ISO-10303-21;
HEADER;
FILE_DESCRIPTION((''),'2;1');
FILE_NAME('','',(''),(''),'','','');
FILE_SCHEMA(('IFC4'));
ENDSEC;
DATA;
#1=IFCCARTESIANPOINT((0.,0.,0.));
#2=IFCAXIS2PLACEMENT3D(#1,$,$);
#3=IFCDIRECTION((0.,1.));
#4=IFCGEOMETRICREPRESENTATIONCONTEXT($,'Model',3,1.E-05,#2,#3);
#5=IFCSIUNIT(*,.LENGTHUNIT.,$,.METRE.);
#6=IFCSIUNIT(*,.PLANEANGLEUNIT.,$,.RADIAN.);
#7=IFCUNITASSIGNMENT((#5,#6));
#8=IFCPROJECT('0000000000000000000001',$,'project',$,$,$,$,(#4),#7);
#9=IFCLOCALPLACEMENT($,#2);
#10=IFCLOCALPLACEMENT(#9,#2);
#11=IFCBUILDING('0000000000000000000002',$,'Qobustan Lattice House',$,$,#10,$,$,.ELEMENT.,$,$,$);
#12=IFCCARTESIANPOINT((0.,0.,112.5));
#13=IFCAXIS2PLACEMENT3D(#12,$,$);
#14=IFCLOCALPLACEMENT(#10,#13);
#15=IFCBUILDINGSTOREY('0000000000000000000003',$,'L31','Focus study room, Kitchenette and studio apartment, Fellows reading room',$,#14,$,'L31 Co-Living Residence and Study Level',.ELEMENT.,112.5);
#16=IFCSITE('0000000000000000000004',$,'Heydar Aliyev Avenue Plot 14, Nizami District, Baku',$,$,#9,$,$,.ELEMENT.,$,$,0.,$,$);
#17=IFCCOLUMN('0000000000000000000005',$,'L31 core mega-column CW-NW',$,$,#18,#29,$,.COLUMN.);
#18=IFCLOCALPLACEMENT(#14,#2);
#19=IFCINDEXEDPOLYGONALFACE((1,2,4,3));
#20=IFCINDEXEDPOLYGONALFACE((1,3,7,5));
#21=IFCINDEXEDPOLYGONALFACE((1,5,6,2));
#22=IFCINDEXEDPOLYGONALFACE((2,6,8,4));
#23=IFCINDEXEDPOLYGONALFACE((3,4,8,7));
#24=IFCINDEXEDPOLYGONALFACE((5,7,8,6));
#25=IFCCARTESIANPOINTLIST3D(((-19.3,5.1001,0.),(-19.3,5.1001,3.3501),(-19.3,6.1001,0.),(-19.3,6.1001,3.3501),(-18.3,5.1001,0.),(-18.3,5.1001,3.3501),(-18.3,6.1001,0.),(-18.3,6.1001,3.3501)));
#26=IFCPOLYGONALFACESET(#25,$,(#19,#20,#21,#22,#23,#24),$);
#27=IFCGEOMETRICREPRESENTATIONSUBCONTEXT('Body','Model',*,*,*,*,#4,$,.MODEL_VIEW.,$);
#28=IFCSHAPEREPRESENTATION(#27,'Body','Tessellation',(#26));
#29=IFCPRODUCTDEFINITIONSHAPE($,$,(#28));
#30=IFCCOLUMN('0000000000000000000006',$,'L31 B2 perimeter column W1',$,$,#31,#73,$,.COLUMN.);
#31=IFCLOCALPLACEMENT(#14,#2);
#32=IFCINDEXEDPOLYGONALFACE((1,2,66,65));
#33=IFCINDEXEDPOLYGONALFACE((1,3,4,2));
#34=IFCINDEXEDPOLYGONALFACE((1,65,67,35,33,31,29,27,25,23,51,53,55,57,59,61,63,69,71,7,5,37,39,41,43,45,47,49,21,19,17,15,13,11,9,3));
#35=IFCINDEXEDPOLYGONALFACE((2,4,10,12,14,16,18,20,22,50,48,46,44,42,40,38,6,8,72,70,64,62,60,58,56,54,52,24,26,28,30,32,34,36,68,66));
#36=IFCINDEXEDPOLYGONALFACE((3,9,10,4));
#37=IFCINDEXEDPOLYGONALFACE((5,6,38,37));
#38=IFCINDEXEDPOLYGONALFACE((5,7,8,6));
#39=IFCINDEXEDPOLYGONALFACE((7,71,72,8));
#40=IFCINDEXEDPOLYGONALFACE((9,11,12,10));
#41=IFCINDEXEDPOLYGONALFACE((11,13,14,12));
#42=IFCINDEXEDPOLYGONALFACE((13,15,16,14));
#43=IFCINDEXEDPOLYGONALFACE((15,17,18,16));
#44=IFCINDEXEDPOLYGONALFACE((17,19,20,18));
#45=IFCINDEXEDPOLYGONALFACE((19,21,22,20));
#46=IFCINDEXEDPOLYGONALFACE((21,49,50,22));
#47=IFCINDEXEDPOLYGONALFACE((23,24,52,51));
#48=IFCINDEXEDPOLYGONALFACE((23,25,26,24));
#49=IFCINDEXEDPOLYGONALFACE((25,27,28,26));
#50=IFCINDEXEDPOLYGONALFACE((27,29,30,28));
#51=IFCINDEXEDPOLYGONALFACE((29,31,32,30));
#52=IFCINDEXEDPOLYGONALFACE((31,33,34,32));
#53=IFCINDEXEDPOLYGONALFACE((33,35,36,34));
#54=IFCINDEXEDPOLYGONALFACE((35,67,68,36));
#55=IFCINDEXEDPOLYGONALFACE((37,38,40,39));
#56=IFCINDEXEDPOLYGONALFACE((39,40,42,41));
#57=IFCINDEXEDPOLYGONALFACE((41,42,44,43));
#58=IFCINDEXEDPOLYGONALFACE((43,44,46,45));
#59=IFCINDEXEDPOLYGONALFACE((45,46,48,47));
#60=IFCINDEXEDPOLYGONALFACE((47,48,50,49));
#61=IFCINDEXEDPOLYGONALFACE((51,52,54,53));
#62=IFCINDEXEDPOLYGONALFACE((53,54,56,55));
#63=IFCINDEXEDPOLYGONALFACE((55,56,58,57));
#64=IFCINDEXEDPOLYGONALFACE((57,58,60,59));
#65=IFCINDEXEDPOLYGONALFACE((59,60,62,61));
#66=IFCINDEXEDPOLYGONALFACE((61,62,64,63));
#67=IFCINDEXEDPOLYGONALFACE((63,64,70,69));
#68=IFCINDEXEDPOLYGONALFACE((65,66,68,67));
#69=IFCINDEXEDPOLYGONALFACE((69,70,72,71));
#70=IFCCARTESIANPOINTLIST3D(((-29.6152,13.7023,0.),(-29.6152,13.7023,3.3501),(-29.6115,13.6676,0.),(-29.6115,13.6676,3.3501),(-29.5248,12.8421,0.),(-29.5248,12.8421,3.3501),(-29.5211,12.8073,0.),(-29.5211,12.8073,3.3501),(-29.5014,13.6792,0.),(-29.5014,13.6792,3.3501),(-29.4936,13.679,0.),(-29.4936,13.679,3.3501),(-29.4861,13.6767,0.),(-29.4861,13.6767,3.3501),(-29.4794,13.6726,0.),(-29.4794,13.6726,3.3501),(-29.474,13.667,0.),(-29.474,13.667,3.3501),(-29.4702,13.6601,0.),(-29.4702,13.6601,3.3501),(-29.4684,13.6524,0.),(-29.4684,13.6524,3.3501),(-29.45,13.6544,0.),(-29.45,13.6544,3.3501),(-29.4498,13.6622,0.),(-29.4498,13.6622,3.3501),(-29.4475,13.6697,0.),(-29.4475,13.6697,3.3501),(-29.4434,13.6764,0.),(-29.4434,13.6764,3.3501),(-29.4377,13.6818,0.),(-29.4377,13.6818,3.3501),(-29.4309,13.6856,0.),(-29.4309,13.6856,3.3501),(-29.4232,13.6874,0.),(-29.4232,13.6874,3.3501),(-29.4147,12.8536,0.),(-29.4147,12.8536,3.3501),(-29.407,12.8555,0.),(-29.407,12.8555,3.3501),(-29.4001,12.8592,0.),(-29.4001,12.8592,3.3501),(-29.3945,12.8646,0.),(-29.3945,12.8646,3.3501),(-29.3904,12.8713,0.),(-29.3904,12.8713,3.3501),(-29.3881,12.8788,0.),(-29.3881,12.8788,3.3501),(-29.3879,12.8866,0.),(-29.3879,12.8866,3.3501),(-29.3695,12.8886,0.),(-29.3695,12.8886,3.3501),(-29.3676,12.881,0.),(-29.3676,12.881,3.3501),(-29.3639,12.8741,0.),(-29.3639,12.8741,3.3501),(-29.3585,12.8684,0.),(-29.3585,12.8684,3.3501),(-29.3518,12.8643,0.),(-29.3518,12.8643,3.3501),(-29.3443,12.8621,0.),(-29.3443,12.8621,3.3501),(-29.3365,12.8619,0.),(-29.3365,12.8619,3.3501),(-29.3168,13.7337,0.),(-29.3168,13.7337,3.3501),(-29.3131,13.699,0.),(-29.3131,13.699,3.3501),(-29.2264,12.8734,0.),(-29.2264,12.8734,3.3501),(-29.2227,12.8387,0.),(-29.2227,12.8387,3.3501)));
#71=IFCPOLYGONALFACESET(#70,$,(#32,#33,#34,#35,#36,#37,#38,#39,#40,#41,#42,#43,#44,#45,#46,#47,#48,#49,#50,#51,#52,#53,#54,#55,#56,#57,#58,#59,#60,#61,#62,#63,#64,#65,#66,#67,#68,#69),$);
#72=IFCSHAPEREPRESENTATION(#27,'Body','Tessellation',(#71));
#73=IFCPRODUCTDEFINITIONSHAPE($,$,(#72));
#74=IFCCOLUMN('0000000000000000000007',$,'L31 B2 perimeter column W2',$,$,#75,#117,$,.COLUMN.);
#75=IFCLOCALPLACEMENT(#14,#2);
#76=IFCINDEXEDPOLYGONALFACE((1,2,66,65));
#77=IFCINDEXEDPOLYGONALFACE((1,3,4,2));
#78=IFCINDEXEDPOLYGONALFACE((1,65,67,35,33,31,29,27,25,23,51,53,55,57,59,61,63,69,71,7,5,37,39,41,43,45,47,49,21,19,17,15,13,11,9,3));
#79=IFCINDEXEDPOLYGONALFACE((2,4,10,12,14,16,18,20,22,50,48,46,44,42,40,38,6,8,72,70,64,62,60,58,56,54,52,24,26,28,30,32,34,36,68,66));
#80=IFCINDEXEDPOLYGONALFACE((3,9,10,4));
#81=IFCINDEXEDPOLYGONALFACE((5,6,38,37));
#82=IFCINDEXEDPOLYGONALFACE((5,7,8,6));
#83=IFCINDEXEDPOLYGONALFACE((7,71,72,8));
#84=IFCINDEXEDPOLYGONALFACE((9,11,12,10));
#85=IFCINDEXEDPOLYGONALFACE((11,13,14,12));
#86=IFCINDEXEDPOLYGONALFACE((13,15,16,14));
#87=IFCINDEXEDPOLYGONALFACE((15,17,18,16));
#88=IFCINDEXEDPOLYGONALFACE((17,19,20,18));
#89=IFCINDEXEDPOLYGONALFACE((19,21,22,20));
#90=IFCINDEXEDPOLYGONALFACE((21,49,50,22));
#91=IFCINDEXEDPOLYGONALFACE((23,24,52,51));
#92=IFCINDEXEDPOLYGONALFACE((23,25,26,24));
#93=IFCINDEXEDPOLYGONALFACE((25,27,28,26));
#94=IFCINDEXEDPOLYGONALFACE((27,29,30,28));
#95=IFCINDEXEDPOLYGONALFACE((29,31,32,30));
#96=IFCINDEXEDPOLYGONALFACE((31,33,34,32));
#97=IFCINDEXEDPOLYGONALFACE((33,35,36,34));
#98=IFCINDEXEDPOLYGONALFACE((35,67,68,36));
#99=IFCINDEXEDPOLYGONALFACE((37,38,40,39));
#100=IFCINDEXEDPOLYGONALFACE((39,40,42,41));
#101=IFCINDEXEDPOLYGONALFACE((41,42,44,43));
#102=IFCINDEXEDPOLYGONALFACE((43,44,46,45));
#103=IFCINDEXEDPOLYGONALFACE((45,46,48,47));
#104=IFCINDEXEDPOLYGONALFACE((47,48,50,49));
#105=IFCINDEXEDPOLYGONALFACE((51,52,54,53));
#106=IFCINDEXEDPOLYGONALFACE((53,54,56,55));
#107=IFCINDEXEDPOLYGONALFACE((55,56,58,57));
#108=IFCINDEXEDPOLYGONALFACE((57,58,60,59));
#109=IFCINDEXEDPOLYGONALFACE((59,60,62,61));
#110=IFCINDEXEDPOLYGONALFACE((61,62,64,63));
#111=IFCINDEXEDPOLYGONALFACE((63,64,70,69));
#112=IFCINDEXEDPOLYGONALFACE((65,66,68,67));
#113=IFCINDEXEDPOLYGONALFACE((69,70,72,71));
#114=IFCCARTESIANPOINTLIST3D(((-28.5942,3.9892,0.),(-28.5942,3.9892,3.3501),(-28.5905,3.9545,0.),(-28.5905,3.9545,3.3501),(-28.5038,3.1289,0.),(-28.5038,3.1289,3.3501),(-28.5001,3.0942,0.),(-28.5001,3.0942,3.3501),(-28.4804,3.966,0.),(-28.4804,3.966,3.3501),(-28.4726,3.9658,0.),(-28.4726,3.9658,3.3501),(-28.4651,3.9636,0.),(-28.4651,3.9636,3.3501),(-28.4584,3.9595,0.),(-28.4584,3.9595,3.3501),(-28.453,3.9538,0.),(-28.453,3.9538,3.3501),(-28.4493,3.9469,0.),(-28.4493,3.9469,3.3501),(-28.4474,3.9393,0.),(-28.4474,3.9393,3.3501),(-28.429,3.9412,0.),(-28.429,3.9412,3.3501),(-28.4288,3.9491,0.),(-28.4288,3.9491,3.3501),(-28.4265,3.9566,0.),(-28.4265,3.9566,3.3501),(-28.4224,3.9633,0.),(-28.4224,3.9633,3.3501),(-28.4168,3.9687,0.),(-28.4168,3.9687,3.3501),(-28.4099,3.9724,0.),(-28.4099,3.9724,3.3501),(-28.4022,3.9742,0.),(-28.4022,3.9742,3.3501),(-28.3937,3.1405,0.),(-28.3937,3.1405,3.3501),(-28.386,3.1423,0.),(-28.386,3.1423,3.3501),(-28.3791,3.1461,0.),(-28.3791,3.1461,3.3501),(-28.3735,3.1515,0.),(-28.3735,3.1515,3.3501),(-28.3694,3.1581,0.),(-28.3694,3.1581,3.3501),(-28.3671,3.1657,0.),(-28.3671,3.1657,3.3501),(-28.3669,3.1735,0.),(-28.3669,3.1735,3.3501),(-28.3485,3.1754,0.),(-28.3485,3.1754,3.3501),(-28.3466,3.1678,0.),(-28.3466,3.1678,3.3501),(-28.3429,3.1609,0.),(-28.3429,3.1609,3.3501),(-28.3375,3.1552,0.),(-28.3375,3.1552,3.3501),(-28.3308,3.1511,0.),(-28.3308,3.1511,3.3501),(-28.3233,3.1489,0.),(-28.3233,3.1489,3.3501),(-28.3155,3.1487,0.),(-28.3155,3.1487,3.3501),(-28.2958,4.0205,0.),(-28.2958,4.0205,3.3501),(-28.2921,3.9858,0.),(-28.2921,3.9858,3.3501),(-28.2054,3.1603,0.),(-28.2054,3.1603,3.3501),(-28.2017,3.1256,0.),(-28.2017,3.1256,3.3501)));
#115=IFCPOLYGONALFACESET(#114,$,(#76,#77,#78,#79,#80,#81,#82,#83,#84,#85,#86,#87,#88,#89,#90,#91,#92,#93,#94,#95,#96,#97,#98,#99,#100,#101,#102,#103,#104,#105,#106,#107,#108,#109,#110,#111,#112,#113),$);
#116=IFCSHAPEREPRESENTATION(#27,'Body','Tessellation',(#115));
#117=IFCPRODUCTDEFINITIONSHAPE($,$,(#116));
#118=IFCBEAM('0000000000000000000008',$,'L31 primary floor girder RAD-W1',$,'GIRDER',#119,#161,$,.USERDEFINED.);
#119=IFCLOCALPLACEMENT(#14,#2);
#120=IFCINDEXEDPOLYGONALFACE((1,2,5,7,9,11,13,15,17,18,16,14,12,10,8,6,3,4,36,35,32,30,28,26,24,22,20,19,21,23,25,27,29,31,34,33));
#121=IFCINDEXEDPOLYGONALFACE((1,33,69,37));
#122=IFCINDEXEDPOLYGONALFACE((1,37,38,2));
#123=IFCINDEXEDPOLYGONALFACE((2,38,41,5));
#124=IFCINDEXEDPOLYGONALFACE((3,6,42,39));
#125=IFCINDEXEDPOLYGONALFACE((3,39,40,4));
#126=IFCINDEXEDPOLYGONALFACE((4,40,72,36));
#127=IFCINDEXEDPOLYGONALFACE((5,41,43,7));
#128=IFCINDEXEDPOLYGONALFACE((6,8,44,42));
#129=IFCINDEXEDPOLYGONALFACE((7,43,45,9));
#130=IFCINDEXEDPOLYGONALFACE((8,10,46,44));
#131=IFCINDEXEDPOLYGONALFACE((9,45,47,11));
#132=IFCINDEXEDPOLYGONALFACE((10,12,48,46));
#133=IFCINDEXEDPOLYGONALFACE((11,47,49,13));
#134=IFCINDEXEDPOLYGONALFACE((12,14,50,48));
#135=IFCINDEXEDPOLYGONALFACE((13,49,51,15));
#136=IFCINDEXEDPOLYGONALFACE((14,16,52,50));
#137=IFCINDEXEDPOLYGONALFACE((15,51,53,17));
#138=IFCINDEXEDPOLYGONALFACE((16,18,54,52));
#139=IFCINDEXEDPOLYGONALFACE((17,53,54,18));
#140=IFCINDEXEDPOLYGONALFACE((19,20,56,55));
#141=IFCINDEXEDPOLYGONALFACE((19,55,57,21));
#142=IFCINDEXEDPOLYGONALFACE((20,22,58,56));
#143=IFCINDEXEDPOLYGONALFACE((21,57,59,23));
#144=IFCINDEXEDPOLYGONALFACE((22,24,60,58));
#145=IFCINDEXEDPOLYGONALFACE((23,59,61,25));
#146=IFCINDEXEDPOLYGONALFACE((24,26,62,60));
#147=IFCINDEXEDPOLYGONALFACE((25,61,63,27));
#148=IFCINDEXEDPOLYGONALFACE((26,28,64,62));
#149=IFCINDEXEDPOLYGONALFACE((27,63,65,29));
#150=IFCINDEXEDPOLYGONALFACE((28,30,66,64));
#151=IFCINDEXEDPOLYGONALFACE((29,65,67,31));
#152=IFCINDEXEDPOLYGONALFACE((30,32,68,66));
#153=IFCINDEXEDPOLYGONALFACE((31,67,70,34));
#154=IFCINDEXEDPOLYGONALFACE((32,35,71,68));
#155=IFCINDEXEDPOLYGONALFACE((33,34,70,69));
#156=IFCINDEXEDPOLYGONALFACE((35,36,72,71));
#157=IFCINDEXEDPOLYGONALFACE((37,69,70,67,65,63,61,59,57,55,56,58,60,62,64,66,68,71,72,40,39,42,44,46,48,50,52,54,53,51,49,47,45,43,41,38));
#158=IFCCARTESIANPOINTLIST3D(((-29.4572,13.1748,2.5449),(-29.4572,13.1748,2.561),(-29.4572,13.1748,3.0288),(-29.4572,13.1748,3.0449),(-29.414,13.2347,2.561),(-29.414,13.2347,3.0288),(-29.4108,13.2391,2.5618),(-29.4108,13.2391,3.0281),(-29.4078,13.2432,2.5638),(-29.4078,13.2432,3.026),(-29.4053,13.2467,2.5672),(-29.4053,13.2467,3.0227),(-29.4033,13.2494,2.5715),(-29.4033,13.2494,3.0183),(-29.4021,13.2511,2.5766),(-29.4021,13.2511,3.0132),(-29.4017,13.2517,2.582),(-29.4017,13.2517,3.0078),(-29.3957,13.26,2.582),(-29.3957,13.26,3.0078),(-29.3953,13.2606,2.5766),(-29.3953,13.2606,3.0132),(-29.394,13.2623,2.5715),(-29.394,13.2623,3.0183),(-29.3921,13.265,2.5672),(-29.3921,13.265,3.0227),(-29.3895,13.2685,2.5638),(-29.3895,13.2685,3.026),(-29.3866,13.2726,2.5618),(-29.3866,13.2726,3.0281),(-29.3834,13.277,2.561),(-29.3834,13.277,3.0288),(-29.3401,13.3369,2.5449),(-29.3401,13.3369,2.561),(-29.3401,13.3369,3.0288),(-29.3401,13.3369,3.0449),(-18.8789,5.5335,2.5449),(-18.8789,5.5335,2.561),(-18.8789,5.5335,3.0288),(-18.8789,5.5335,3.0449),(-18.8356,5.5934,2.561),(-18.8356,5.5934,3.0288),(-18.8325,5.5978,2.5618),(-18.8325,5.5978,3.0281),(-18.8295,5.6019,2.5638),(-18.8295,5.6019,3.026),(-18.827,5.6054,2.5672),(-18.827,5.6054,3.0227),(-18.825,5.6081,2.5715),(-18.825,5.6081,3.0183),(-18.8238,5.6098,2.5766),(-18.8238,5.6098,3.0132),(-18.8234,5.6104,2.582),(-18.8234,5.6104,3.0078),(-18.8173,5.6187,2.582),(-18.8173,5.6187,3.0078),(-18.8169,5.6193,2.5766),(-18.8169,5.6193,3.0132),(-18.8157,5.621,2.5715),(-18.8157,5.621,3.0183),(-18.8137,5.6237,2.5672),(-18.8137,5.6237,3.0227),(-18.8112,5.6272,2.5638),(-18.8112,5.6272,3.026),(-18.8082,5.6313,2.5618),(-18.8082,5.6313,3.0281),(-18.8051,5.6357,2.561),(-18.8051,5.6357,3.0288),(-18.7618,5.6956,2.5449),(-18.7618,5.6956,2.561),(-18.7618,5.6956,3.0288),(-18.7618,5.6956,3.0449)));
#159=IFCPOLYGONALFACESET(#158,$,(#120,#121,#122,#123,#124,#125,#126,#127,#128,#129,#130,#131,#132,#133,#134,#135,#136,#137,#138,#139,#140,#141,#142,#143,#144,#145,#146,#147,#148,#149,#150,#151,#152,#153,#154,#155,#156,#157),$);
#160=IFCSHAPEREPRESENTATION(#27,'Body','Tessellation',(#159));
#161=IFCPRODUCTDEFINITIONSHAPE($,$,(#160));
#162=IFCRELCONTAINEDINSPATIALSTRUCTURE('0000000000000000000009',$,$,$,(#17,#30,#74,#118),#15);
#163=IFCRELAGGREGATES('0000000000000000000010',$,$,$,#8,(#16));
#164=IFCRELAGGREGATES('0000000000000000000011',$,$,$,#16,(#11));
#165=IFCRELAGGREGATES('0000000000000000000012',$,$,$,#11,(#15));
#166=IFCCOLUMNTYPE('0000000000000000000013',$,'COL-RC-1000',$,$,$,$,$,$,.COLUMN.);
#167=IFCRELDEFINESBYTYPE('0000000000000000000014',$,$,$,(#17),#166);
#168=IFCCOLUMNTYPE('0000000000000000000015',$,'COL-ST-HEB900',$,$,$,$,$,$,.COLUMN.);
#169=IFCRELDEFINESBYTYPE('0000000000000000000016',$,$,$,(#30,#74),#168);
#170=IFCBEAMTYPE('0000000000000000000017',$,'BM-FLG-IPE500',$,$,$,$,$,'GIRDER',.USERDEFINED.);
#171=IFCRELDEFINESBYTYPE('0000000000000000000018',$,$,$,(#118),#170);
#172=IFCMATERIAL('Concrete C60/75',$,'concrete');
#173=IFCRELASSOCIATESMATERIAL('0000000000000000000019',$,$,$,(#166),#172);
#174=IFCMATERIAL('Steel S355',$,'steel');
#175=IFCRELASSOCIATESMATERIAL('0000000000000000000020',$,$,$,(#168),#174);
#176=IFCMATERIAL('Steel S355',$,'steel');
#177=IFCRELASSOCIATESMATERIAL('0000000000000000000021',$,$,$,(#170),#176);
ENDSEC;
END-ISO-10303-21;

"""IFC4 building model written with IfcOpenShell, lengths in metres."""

from ifc_helpers import new_model, si_unit, direction, frame, origin, origin_2d, place, context, subcontext, project, spatial, rectangle, i_section, extrude, material, material_profile, profile_set, type_object, element, save


model = new_model("IFC4")

# Units and contexts
model_context = context("Model", 3, precision=1e-05, world=origin(), true_north=direction((0.0, 1.0)))
body_context = subcontext(model_context, "Body", "Model", "MODEL_VIEW")
ifc_project = project(units=[si_unit("LENGTHUNIT", "METRE"), si_unit("PLANEANGLEUNIT", "RADIAN")], contexts=[model_context])

# Site, building, storey
site_placement = place(None, origin())
site = spatial("IfcSite", under=ifc_project, at=site_placement, Name="Heydar Aliyev Avenue Plot 14, Nizami District, Baku", CompositionType="ELEMENT", RefElevation=0.0)
building_placement = place(site_placement, origin())
building = spatial("IfcBuilding", under=site, at=building_placement, Name="Qobustan Lattice House", CompositionType="ELEMENT")
storey_placement = place(building_placement, frame((0.0, 0.0, 112.5)))
storey = spatial("IfcBuildingStorey", under=building, at=storey_placement, Name="L31", Description="Focus study room, Kitchenette and studio apartment, Fellows reading room", LongName="L31 Co-Living Residence and Study Level", CompositionType="ELEMENT", Elevation=112.5)

# Columns
ifc_material_1 = material(Name="Concrete C60/75", Category="concrete")
ifc_material_profile_1 = material_profile(ifc_material_1, rectangle(XDim=1.0, YDim=1.0, at=origin_2d()), Name="RC1000x1000")
ifc_profile_set_1 = profile_set([ifc_material_profile_1], Name="Concrete C60/75")
column_type_1 = type_object("IfcColumnType", Name="COL-RC-1000", PredefinedType="COLUMN", material=ifc_profile_set_1)
column_placement = place(storey_placement, frame((-18.8, 5.6001, 0.0), z_axis=(0.0, 0.0, 1.0), x_axis=(1.0, 0.0, 0.0)))
element("IfcColumn", 1, at=column_placement, inside=storey, type_object=column_type_1, Name="L31 core mega-column CW-NW", PredefinedType="COLUMN", context=body_context, shape_type="SweptSolid", body=[
    extrude(rectangle(XDim=1.0, YDim=1.0, at=origin_2d()), origin(), (0.0, 0.0, 1.0), 3.3501),
])
ifc_material_2 = material(Name="Steel S355", Category="steel")
ifc_material_profile_2 = material_profile(ifc_material_2, i_section(OverallWidth=0.3, OverallDepth=0.8999, WebThickness=0.0186, FlangeThickness=0.0349, FilletRadius=0.03, at=origin_2d()), Name="HEB900")
ifc_profile_set_2 = profile_set([ifc_material_profile_2], Name="Steel S355")
column_type_2 = type_object("IfcColumnType", Name="COL-ST-HEB900", PredefinedType="COLUMN", material=ifc_profile_set_2)
for number, where, z_axis, x_axis, name in (
    (2, (-29.4189, 13.2705, 0.0), (0.0, 0.0, 1.0), (0.994522, 0.104528, 0.0), "L31 B2 perimeter column W1"),
    (3, (-28.3979, 3.5574, 0.0), (0.0, 0.0, 1.0), (0.994522, 0.104528, 0.0), "L31 B2 perimeter column W2"),
):
    element("IfcColumn", number, at=place(storey_placement, frame(where, z_axis=z_axis, x_axis=x_axis)), inside=storey, type_object=column_type_2, Name=name, PredefinedType="COLUMN", context=body_context, shape_type="SweptSolid", body=[
        extrude(i_section(OverallWidth=0.3, OverallDepth=0.8999, WebThickness=0.0186, FlangeThickness=0.0349, FilletRadius=0.03, at=origin_2d()), origin(), (0.0, 0.0, 1.0), 3.3501),
    ])

# Beam
ifc_material_3 = material(Name="Steel S355", Category="steel")
ifc_material_profile_3 = material_profile(ifc_material_3, i_section(OverallWidth=0.2, OverallDepth=0.5, WebThickness=0.0103, FlangeThickness=0.0161, FilletRadius=0.021, at=origin_2d()), Name="IPE500")
ifc_profile_set_3 = profile_set([ifc_material_profile_3], Name="Steel S355")
beam_type_1 = type_object("IfcBeamType", Name="BM-FLG-IPE500", ElementType="GIRDER", PredefinedType="USERDEFINED", material=ifc_profile_set_3)
beam_1_placement = place(storey_placement, frame((-29.3987, 13.2559, 2.7949), z_axis=(0.810627, -0.585562, 0.0), x_axis=(0.585562, 0.810627, 0.0)))
element("IfcBeam", 4, at=beam_1_placement, inside=storey, type_object=beam_type_1, Name="L31 primary floor girder RAD-W1", ObjectType="GIRDER", PredefinedType="USERDEFINED", context=body_context, shape_type="SweptSolid", body=[
    extrude(i_section(OverallWidth=0.2, OverallDepth=0.5, WebThickness=0.0103, FlangeThickness=0.0161, FilletRadius=0.021, at=origin_2d()), origin(), (0.0, 0.0, 1.0), 13.0496),
])

save(model, "model.ifc")
